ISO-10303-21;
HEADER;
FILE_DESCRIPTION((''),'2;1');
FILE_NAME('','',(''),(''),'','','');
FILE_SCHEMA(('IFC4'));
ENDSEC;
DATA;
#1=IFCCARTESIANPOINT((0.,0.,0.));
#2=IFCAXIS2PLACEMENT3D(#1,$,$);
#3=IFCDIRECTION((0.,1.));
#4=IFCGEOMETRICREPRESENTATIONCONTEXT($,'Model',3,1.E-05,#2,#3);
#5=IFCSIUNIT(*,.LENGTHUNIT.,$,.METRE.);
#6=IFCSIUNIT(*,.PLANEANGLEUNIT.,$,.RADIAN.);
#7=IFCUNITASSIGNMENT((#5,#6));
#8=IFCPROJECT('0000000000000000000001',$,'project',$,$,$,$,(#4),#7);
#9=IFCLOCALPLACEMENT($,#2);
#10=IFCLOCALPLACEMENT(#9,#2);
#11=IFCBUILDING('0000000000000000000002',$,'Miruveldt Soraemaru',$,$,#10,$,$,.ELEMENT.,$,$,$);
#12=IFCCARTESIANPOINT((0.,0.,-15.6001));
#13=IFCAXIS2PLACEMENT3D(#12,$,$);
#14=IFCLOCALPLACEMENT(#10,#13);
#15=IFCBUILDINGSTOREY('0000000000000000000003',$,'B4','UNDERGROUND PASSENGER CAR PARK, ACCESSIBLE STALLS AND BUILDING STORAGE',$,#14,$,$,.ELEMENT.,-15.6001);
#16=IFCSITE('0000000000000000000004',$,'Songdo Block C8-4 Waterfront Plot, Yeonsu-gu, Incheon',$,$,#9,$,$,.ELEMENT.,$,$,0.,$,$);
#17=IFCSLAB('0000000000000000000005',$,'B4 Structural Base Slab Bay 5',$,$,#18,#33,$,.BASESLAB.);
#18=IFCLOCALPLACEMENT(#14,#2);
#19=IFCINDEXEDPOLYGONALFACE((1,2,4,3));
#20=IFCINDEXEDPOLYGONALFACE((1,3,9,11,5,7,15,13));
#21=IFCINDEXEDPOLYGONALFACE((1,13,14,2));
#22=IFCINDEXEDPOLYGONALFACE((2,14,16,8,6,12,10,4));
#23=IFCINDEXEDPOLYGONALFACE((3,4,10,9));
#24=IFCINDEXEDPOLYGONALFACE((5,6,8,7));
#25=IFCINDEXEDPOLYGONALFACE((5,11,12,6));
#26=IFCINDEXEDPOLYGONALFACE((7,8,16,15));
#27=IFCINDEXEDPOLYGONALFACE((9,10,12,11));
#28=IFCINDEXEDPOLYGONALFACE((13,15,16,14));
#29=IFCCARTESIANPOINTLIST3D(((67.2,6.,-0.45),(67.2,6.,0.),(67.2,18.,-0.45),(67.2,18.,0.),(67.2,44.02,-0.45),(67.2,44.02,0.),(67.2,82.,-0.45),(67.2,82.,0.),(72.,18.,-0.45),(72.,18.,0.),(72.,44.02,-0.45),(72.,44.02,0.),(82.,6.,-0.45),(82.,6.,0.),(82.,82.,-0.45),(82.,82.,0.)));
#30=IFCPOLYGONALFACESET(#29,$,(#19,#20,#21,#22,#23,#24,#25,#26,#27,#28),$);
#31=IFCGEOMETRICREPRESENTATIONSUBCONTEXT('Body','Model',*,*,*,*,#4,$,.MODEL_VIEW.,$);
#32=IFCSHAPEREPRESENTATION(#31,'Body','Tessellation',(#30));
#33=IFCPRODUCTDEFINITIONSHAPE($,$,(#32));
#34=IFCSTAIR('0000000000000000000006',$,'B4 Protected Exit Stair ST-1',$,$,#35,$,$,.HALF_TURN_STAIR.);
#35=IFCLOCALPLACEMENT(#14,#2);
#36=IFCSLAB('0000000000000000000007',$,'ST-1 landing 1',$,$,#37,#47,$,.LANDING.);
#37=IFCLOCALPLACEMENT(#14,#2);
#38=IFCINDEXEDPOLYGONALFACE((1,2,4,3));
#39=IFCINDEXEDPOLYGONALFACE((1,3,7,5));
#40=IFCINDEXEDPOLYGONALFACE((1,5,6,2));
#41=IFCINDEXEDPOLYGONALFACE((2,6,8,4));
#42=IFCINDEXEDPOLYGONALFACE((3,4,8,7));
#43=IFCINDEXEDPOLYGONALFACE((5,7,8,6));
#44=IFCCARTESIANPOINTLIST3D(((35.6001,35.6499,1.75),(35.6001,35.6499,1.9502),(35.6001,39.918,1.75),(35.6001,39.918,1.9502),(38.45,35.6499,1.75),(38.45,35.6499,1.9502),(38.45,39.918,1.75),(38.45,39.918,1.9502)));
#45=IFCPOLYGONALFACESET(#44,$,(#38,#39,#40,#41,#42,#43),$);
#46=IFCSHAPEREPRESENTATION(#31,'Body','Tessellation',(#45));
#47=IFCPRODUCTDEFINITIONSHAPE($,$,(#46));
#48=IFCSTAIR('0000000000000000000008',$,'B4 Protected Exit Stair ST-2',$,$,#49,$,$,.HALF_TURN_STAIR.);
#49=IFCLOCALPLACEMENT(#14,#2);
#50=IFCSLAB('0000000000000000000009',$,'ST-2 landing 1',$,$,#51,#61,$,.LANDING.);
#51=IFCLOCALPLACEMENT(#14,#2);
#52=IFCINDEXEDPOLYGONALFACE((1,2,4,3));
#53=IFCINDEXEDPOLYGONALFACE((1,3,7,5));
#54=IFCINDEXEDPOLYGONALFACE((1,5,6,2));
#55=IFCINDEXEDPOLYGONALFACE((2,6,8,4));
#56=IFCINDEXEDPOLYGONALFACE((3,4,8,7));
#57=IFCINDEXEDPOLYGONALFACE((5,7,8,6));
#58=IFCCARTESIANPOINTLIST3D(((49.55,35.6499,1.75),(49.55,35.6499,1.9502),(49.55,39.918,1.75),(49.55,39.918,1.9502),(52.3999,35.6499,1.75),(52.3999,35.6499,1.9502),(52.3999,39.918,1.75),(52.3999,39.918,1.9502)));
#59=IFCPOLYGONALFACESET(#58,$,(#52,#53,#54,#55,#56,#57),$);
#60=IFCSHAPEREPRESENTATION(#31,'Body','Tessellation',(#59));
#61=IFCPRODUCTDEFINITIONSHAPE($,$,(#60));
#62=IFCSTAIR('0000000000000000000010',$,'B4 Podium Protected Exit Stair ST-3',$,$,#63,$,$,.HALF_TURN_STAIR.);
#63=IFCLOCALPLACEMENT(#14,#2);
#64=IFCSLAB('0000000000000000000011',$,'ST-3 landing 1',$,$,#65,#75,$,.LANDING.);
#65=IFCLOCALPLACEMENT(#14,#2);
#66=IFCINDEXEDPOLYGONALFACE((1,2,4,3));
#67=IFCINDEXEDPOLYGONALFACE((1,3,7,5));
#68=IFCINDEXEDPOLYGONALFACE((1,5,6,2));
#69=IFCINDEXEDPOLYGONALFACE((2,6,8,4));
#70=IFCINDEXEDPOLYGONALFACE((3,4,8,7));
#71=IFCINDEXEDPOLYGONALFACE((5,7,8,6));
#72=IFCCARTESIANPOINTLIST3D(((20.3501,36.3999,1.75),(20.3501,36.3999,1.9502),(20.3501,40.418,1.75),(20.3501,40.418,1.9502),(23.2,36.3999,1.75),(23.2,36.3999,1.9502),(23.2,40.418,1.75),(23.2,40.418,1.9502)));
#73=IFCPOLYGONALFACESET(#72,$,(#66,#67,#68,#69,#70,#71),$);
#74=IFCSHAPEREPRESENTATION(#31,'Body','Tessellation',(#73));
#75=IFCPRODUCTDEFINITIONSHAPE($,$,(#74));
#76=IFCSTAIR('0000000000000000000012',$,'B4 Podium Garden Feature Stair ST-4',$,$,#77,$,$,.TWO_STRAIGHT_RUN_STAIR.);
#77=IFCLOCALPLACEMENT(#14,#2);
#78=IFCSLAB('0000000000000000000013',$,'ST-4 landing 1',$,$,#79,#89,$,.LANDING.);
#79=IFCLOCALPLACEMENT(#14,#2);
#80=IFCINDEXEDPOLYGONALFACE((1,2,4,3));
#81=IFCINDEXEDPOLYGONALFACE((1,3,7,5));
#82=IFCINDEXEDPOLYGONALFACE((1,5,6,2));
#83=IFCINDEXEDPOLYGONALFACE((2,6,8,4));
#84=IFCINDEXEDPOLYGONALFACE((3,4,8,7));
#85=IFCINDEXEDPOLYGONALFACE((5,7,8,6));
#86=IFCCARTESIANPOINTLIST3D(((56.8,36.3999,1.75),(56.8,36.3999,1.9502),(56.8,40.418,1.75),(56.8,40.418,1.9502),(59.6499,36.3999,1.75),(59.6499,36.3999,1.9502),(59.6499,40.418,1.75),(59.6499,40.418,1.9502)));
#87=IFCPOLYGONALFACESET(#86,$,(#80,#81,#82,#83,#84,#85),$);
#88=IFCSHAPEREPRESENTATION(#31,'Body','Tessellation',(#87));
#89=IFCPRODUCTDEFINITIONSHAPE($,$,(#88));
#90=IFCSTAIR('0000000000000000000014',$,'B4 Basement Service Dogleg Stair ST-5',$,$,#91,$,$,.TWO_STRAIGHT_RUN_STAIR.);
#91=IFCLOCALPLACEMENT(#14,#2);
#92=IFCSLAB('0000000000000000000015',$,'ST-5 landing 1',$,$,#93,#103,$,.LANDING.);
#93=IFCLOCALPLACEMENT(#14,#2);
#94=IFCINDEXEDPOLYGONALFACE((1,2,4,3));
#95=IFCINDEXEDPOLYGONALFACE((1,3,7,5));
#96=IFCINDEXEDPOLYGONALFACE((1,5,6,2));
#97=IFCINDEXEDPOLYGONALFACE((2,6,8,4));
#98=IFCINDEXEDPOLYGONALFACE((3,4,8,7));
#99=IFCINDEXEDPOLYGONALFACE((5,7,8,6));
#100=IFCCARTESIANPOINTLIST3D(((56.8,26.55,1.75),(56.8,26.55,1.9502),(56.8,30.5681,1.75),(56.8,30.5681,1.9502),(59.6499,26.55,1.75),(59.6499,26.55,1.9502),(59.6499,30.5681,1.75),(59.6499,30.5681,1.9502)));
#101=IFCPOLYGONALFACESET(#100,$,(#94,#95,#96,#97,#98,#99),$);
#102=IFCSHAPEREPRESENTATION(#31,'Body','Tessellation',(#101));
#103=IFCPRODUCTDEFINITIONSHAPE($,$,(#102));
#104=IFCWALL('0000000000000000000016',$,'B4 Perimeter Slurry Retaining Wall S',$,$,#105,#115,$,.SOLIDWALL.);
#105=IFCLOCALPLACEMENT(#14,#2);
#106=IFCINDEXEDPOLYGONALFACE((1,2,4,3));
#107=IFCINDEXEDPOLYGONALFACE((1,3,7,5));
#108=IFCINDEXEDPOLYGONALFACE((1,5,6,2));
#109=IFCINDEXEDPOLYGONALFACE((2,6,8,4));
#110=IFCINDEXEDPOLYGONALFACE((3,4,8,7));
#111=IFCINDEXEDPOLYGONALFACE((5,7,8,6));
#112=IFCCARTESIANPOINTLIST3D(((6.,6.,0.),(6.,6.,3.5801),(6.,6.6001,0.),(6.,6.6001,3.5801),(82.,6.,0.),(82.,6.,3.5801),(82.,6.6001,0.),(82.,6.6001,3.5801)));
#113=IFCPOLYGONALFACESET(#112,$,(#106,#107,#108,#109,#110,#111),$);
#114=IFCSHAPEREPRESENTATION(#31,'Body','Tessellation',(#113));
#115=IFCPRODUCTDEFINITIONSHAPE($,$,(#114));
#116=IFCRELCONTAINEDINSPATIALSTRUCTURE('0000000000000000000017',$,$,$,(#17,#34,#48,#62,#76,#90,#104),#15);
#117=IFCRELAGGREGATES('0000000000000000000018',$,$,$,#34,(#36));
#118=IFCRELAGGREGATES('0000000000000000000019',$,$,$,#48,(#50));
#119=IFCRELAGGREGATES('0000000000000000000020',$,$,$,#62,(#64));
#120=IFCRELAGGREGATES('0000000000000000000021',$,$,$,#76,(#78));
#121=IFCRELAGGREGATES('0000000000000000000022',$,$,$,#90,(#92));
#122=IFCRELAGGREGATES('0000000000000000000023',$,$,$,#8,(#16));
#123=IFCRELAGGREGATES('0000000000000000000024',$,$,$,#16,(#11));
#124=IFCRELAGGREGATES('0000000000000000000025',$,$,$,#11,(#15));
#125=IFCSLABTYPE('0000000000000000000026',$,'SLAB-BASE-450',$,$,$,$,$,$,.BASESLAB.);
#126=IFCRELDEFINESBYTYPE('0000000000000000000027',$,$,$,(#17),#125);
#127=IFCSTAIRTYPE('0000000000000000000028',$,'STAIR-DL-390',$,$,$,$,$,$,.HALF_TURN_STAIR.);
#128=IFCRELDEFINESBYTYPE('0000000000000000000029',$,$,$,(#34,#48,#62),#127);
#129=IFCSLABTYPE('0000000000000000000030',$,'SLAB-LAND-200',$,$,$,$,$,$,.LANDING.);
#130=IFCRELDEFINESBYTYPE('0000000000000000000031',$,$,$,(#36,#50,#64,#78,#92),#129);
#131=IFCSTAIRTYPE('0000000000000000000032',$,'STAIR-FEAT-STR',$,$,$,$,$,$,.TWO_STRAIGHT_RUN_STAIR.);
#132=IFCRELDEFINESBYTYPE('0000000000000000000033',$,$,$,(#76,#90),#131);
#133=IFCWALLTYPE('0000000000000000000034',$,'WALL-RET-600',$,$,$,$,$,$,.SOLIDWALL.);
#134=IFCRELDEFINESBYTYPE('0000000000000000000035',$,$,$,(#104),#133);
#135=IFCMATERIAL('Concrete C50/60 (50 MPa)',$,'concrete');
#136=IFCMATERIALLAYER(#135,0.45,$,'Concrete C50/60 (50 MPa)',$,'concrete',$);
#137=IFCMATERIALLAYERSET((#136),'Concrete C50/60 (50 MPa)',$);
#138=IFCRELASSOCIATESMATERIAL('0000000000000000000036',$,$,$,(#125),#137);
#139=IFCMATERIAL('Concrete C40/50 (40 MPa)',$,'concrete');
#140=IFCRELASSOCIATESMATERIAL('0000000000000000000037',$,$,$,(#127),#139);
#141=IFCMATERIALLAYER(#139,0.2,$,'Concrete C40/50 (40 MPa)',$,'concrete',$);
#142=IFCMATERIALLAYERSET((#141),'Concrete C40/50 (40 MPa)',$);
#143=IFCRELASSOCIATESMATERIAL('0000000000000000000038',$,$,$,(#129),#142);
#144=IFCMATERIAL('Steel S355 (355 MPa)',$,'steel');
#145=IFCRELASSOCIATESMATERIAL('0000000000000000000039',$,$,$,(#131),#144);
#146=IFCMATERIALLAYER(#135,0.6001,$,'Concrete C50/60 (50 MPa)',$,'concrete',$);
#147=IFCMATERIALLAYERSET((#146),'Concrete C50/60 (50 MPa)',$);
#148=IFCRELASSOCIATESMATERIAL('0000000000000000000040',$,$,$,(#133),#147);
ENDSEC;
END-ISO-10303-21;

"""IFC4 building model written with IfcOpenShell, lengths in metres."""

from ifc_helpers import new_model, si_unit, direction, frame, frame_2d, origin, place, context, subcontext, project, spatial, polyline, rectangle, outline, extrude, material, layer, layer_set, type_object, element, aggregate, save


model = new_model("IFC4")

# Units and contexts
model_context = context("Model", 3, precision=1e-05, world=origin(), true_north=direction((0.0, 1.0)))
body_context = subcontext(model_context, "Body", "Model", "MODEL_VIEW")
ifc_project = project(units=[si_unit("LENGTHUNIT", "METRE"), si_unit("PLANEANGLEUNIT", "RADIAN")], contexts=[model_context])

# Site, building, storey
site_placement = place(None, origin())
site = spatial("IfcSite", under=ifc_project, at=site_placement, Name="Songdo Block C8-4 Waterfront Plot, Yeonsu-gu, Incheon", CompositionType="ELEMENT", RefElevation=0.0)
building_placement = place(site_placement, origin())
building = spatial("IfcBuilding", under=site, at=building_placement, Name="Miruveldt Soraemaru", CompositionType="ELEMENT")
storey_placement = place(building_placement, frame((0.0, 0.0, -15.6001)))
storey = spatial("IfcBuildingStorey", under=building, at=storey_placement, Name="B4", Description="UNDERGROUND PASSENGER CAR PARK, ACCESSIBLE STALLS AND BUILDING STORAGE", CompositionType="ELEMENT", Elevation=-15.6001)

# Shared definitions
ifc_material_1 = material(Name="Concrete C50/60 (50 MPa)", Category="concrete")

# Slab
ifc_layer_1 = layer(ifc_material_1, 0.45, Name="Concrete C50/60 (50 MPa)", Category="concrete")
ifc_layer_set_1 = layer_set([ifc_layer_1], Name="Concrete C50/60 (50 MPa)")
slab_type_1 = type_object("IfcSlabType", Name="SLAB-BASE-450", PredefinedType="BASESLAB", material=ifc_layer_set_1)
slab_1_placement = place(storey_placement, frame((0.0, 0.0, -0.45)))
element("IfcSlab", 1, at=slab_1_placement, inside=storey, type_object=slab_type_1, Name="B4 Structural Base Slab Bay 5", PredefinedType="BASESLAB", context=body_context, shape_type="SweptSolid", body=[
    extrude(outline(polyline([(67.2, 6.0), (82.0, 6.0), (82.0, 82.0), (67.2, 82.0), (67.2, 44.02), (72.0, 44.02), (72.0, 18.0), (67.2, 18.0), (67.2, 6.0)])), origin(), (0.0, 0.0, 1.0), 0.45),
])

# Stairs, slabs
ifc_material_2 = material(Name="Concrete C40/50 (40 MPa)", Category="concrete")
stair_type_1 = type_object("IfcStairType", Name="STAIR-DL-390", PredefinedType="HALF_TURN_STAIR", material=ifc_material_2)
stair_1_placement = place(storey_placement, origin())
stair_1 = element("IfcStair", 2, at=stair_1_placement, inside=storey, type_object=stair_type_1, Name="B4 Protected Exit Stair ST-1", PredefinedType="HALF_TURN_STAIR")
ifc_layer_2 = layer(ifc_material_2, 0.2, Name="Concrete C40/50 (40 MPa)", Category="concrete")
ifc_layer_set_2 = layer_set([ifc_layer_2], Name="Concrete C40/50 (40 MPa)")
slab_type_2 = type_object("IfcSlabType", Name="SLAB-LAND-200", PredefinedType="LANDING", material=ifc_layer_set_2)
slab_2_placement = place(storey_placement, frame((0.0, 0.0, 1.75)))
slab_2 = element("IfcSlab", 3, at=slab_2_placement, type_object=slab_type_2, Name="ST-1 landing 1", PredefinedType="LANDING", context=body_context, shape_type="SweptSolid", body=[
    extrude(outline(polyline([(35.6001, 39.918), (35.6001, 35.6499), (38.45, 35.6499), (38.45, 39.918), (35.6001, 39.918)])), origin(), (0.0, 0.0, 1.0), 0.2002),
])
aggregate(stair_1, [slab_2])
stair_2_placement = place(storey_placement, origin())
stair_2 = element("IfcStair", 4, at=stair_2_placement, inside=storey, type_object=stair_type_1, Name="B4 Protected Exit Stair ST-2", PredefinedType="HALF_TURN_STAIR")
slab_3_placement = place(storey_placement, frame((0.0, 0.0, 1.75)))
slab_3 = element("IfcSlab", 5, at=slab_3_placement, type_object=slab_type_2, Name="ST-2 landing 1", PredefinedType="LANDING", context=body_context, shape_type="SweptSolid", body=[
    extrude(outline(polyline([(49.55, 39.918), (49.55, 35.6499), (52.3999, 35.6499), (52.3999, 39.918), (49.55, 39.918)])), origin(), (0.0, 0.0, 1.0), 0.2002),
])
aggregate(stair_2, [slab_3])
stair_3_placement = place(storey_placement, origin())
stair_3 = element("IfcStair", 6, at=stair_3_placement, inside=storey, type_object=stair_type_1, Name="B4 Podium Protected Exit Stair ST-3", PredefinedType="HALF_TURN_STAIR")
slab_4_placement = place(storey_placement, frame((0.0, 0.0, 1.75)))
slab_4 = element("IfcSlab", 7, at=slab_4_placement, type_object=slab_type_2, Name="ST-3 landing 1", PredefinedType="LANDING", context=body_context, shape_type="SweptSolid", body=[
    extrude(outline(polyline([(20.3501, 40.418), (20.3501, 36.3999), (23.2, 36.3999), (23.2, 40.418), (20.3501, 40.418)])), origin(), (0.0, 0.0, 1.0), 0.2002),
])
aggregate(stair_3, [slab_4])
ifc_material_3 = material(Name="Steel S355 (355 MPa)", Category="steel")
stair_type_2 = type_object("IfcStairType", Name="STAIR-FEAT-STR", PredefinedType="TWO_STRAIGHT_RUN_STAIR", material=ifc_material_3)
stair_4_placement = place(storey_placement, origin())
stair_4 = element("IfcStair", 8, at=stair_4_placement, inside=storey, type_object=stair_type_2, Name="B4 Podium Garden Feature Stair ST-4", PredefinedType="TWO_STRAIGHT_RUN_STAIR")
slab_5_placement = place(storey_placement, frame((0.0, 0.0, 1.75)))
slab_5 = element("IfcSlab", 9, at=slab_5_placement, type_object=slab_type_2, Name="ST-4 landing 1", PredefinedType="LANDING", context=body_context, shape_type="SweptSolid", body=[
    extrude(outline(polyline([(56.8, 40.418), (56.8, 36.3999), (59.6499, 36.3999), (59.6499, 40.418), (56.8, 40.418)])), origin(), (0.0, 0.0, 1.0), 0.2002),
])
aggregate(stair_4, [slab_5])
stair_5_placement = place(storey_placement, origin())
stair_5 = element("IfcStair", 10, at=stair_5_placement, inside=storey, type_object=stair_type_2, Name="B4 Basement Service Dogleg Stair ST-5", PredefinedType="TWO_STRAIGHT_RUN_STAIR")
slab_6_placement = place(storey_placement, frame((0.0, 0.0, 1.75)))
slab_6 = element("IfcSlab", 11, at=slab_6_placement, type_object=slab_type_2, Name="ST-5 landing 1", PredefinedType="LANDING", context=body_context, shape_type="SweptSolid", body=[
    extrude(outline(polyline([(56.8, 30.5681), (56.8, 26.55), (59.6499, 26.55), (59.6499, 30.5681), (56.8, 30.5681)])), origin(), (0.0, 0.0, 1.0), 0.2002),
])
aggregate(stair_5, [slab_6])

# Wall
ifc_layer_3 = layer(ifc_material_1, 0.6001, Name="Concrete C50/60 (50 MPa)", Category="concrete")
ifc_layer_set_3 = layer_set([ifc_layer_3], Name="Concrete C50/60 (50 MPa)")
wall_type = type_object("IfcWallType", Name="WALL-RET-600", PredefinedType="SOLIDWALL", material=ifc_layer_set_3)
wall_placement = place(storey_placement, frame((6.0, 6.3, 0.0), z_axis=(0.0, 0.0, 1.0), x_axis=(1.0, 0.0, 0.0)))
element("IfcWall", 12, at=wall_placement, inside=storey, type_object=wall_type, Name="B4 Perimeter Slurry Retaining Wall S", PredefinedType="SOLIDWALL", context=body_context, shape_type="SweptSolid", body=[
    extrude(rectangle(XDim=76.0, YDim=0.6001, at=frame_2d((38.0, 0.0))), origin(), (0.0, 0.0, 1.0), 3.5801),
])

save(model, "model.ifc")
